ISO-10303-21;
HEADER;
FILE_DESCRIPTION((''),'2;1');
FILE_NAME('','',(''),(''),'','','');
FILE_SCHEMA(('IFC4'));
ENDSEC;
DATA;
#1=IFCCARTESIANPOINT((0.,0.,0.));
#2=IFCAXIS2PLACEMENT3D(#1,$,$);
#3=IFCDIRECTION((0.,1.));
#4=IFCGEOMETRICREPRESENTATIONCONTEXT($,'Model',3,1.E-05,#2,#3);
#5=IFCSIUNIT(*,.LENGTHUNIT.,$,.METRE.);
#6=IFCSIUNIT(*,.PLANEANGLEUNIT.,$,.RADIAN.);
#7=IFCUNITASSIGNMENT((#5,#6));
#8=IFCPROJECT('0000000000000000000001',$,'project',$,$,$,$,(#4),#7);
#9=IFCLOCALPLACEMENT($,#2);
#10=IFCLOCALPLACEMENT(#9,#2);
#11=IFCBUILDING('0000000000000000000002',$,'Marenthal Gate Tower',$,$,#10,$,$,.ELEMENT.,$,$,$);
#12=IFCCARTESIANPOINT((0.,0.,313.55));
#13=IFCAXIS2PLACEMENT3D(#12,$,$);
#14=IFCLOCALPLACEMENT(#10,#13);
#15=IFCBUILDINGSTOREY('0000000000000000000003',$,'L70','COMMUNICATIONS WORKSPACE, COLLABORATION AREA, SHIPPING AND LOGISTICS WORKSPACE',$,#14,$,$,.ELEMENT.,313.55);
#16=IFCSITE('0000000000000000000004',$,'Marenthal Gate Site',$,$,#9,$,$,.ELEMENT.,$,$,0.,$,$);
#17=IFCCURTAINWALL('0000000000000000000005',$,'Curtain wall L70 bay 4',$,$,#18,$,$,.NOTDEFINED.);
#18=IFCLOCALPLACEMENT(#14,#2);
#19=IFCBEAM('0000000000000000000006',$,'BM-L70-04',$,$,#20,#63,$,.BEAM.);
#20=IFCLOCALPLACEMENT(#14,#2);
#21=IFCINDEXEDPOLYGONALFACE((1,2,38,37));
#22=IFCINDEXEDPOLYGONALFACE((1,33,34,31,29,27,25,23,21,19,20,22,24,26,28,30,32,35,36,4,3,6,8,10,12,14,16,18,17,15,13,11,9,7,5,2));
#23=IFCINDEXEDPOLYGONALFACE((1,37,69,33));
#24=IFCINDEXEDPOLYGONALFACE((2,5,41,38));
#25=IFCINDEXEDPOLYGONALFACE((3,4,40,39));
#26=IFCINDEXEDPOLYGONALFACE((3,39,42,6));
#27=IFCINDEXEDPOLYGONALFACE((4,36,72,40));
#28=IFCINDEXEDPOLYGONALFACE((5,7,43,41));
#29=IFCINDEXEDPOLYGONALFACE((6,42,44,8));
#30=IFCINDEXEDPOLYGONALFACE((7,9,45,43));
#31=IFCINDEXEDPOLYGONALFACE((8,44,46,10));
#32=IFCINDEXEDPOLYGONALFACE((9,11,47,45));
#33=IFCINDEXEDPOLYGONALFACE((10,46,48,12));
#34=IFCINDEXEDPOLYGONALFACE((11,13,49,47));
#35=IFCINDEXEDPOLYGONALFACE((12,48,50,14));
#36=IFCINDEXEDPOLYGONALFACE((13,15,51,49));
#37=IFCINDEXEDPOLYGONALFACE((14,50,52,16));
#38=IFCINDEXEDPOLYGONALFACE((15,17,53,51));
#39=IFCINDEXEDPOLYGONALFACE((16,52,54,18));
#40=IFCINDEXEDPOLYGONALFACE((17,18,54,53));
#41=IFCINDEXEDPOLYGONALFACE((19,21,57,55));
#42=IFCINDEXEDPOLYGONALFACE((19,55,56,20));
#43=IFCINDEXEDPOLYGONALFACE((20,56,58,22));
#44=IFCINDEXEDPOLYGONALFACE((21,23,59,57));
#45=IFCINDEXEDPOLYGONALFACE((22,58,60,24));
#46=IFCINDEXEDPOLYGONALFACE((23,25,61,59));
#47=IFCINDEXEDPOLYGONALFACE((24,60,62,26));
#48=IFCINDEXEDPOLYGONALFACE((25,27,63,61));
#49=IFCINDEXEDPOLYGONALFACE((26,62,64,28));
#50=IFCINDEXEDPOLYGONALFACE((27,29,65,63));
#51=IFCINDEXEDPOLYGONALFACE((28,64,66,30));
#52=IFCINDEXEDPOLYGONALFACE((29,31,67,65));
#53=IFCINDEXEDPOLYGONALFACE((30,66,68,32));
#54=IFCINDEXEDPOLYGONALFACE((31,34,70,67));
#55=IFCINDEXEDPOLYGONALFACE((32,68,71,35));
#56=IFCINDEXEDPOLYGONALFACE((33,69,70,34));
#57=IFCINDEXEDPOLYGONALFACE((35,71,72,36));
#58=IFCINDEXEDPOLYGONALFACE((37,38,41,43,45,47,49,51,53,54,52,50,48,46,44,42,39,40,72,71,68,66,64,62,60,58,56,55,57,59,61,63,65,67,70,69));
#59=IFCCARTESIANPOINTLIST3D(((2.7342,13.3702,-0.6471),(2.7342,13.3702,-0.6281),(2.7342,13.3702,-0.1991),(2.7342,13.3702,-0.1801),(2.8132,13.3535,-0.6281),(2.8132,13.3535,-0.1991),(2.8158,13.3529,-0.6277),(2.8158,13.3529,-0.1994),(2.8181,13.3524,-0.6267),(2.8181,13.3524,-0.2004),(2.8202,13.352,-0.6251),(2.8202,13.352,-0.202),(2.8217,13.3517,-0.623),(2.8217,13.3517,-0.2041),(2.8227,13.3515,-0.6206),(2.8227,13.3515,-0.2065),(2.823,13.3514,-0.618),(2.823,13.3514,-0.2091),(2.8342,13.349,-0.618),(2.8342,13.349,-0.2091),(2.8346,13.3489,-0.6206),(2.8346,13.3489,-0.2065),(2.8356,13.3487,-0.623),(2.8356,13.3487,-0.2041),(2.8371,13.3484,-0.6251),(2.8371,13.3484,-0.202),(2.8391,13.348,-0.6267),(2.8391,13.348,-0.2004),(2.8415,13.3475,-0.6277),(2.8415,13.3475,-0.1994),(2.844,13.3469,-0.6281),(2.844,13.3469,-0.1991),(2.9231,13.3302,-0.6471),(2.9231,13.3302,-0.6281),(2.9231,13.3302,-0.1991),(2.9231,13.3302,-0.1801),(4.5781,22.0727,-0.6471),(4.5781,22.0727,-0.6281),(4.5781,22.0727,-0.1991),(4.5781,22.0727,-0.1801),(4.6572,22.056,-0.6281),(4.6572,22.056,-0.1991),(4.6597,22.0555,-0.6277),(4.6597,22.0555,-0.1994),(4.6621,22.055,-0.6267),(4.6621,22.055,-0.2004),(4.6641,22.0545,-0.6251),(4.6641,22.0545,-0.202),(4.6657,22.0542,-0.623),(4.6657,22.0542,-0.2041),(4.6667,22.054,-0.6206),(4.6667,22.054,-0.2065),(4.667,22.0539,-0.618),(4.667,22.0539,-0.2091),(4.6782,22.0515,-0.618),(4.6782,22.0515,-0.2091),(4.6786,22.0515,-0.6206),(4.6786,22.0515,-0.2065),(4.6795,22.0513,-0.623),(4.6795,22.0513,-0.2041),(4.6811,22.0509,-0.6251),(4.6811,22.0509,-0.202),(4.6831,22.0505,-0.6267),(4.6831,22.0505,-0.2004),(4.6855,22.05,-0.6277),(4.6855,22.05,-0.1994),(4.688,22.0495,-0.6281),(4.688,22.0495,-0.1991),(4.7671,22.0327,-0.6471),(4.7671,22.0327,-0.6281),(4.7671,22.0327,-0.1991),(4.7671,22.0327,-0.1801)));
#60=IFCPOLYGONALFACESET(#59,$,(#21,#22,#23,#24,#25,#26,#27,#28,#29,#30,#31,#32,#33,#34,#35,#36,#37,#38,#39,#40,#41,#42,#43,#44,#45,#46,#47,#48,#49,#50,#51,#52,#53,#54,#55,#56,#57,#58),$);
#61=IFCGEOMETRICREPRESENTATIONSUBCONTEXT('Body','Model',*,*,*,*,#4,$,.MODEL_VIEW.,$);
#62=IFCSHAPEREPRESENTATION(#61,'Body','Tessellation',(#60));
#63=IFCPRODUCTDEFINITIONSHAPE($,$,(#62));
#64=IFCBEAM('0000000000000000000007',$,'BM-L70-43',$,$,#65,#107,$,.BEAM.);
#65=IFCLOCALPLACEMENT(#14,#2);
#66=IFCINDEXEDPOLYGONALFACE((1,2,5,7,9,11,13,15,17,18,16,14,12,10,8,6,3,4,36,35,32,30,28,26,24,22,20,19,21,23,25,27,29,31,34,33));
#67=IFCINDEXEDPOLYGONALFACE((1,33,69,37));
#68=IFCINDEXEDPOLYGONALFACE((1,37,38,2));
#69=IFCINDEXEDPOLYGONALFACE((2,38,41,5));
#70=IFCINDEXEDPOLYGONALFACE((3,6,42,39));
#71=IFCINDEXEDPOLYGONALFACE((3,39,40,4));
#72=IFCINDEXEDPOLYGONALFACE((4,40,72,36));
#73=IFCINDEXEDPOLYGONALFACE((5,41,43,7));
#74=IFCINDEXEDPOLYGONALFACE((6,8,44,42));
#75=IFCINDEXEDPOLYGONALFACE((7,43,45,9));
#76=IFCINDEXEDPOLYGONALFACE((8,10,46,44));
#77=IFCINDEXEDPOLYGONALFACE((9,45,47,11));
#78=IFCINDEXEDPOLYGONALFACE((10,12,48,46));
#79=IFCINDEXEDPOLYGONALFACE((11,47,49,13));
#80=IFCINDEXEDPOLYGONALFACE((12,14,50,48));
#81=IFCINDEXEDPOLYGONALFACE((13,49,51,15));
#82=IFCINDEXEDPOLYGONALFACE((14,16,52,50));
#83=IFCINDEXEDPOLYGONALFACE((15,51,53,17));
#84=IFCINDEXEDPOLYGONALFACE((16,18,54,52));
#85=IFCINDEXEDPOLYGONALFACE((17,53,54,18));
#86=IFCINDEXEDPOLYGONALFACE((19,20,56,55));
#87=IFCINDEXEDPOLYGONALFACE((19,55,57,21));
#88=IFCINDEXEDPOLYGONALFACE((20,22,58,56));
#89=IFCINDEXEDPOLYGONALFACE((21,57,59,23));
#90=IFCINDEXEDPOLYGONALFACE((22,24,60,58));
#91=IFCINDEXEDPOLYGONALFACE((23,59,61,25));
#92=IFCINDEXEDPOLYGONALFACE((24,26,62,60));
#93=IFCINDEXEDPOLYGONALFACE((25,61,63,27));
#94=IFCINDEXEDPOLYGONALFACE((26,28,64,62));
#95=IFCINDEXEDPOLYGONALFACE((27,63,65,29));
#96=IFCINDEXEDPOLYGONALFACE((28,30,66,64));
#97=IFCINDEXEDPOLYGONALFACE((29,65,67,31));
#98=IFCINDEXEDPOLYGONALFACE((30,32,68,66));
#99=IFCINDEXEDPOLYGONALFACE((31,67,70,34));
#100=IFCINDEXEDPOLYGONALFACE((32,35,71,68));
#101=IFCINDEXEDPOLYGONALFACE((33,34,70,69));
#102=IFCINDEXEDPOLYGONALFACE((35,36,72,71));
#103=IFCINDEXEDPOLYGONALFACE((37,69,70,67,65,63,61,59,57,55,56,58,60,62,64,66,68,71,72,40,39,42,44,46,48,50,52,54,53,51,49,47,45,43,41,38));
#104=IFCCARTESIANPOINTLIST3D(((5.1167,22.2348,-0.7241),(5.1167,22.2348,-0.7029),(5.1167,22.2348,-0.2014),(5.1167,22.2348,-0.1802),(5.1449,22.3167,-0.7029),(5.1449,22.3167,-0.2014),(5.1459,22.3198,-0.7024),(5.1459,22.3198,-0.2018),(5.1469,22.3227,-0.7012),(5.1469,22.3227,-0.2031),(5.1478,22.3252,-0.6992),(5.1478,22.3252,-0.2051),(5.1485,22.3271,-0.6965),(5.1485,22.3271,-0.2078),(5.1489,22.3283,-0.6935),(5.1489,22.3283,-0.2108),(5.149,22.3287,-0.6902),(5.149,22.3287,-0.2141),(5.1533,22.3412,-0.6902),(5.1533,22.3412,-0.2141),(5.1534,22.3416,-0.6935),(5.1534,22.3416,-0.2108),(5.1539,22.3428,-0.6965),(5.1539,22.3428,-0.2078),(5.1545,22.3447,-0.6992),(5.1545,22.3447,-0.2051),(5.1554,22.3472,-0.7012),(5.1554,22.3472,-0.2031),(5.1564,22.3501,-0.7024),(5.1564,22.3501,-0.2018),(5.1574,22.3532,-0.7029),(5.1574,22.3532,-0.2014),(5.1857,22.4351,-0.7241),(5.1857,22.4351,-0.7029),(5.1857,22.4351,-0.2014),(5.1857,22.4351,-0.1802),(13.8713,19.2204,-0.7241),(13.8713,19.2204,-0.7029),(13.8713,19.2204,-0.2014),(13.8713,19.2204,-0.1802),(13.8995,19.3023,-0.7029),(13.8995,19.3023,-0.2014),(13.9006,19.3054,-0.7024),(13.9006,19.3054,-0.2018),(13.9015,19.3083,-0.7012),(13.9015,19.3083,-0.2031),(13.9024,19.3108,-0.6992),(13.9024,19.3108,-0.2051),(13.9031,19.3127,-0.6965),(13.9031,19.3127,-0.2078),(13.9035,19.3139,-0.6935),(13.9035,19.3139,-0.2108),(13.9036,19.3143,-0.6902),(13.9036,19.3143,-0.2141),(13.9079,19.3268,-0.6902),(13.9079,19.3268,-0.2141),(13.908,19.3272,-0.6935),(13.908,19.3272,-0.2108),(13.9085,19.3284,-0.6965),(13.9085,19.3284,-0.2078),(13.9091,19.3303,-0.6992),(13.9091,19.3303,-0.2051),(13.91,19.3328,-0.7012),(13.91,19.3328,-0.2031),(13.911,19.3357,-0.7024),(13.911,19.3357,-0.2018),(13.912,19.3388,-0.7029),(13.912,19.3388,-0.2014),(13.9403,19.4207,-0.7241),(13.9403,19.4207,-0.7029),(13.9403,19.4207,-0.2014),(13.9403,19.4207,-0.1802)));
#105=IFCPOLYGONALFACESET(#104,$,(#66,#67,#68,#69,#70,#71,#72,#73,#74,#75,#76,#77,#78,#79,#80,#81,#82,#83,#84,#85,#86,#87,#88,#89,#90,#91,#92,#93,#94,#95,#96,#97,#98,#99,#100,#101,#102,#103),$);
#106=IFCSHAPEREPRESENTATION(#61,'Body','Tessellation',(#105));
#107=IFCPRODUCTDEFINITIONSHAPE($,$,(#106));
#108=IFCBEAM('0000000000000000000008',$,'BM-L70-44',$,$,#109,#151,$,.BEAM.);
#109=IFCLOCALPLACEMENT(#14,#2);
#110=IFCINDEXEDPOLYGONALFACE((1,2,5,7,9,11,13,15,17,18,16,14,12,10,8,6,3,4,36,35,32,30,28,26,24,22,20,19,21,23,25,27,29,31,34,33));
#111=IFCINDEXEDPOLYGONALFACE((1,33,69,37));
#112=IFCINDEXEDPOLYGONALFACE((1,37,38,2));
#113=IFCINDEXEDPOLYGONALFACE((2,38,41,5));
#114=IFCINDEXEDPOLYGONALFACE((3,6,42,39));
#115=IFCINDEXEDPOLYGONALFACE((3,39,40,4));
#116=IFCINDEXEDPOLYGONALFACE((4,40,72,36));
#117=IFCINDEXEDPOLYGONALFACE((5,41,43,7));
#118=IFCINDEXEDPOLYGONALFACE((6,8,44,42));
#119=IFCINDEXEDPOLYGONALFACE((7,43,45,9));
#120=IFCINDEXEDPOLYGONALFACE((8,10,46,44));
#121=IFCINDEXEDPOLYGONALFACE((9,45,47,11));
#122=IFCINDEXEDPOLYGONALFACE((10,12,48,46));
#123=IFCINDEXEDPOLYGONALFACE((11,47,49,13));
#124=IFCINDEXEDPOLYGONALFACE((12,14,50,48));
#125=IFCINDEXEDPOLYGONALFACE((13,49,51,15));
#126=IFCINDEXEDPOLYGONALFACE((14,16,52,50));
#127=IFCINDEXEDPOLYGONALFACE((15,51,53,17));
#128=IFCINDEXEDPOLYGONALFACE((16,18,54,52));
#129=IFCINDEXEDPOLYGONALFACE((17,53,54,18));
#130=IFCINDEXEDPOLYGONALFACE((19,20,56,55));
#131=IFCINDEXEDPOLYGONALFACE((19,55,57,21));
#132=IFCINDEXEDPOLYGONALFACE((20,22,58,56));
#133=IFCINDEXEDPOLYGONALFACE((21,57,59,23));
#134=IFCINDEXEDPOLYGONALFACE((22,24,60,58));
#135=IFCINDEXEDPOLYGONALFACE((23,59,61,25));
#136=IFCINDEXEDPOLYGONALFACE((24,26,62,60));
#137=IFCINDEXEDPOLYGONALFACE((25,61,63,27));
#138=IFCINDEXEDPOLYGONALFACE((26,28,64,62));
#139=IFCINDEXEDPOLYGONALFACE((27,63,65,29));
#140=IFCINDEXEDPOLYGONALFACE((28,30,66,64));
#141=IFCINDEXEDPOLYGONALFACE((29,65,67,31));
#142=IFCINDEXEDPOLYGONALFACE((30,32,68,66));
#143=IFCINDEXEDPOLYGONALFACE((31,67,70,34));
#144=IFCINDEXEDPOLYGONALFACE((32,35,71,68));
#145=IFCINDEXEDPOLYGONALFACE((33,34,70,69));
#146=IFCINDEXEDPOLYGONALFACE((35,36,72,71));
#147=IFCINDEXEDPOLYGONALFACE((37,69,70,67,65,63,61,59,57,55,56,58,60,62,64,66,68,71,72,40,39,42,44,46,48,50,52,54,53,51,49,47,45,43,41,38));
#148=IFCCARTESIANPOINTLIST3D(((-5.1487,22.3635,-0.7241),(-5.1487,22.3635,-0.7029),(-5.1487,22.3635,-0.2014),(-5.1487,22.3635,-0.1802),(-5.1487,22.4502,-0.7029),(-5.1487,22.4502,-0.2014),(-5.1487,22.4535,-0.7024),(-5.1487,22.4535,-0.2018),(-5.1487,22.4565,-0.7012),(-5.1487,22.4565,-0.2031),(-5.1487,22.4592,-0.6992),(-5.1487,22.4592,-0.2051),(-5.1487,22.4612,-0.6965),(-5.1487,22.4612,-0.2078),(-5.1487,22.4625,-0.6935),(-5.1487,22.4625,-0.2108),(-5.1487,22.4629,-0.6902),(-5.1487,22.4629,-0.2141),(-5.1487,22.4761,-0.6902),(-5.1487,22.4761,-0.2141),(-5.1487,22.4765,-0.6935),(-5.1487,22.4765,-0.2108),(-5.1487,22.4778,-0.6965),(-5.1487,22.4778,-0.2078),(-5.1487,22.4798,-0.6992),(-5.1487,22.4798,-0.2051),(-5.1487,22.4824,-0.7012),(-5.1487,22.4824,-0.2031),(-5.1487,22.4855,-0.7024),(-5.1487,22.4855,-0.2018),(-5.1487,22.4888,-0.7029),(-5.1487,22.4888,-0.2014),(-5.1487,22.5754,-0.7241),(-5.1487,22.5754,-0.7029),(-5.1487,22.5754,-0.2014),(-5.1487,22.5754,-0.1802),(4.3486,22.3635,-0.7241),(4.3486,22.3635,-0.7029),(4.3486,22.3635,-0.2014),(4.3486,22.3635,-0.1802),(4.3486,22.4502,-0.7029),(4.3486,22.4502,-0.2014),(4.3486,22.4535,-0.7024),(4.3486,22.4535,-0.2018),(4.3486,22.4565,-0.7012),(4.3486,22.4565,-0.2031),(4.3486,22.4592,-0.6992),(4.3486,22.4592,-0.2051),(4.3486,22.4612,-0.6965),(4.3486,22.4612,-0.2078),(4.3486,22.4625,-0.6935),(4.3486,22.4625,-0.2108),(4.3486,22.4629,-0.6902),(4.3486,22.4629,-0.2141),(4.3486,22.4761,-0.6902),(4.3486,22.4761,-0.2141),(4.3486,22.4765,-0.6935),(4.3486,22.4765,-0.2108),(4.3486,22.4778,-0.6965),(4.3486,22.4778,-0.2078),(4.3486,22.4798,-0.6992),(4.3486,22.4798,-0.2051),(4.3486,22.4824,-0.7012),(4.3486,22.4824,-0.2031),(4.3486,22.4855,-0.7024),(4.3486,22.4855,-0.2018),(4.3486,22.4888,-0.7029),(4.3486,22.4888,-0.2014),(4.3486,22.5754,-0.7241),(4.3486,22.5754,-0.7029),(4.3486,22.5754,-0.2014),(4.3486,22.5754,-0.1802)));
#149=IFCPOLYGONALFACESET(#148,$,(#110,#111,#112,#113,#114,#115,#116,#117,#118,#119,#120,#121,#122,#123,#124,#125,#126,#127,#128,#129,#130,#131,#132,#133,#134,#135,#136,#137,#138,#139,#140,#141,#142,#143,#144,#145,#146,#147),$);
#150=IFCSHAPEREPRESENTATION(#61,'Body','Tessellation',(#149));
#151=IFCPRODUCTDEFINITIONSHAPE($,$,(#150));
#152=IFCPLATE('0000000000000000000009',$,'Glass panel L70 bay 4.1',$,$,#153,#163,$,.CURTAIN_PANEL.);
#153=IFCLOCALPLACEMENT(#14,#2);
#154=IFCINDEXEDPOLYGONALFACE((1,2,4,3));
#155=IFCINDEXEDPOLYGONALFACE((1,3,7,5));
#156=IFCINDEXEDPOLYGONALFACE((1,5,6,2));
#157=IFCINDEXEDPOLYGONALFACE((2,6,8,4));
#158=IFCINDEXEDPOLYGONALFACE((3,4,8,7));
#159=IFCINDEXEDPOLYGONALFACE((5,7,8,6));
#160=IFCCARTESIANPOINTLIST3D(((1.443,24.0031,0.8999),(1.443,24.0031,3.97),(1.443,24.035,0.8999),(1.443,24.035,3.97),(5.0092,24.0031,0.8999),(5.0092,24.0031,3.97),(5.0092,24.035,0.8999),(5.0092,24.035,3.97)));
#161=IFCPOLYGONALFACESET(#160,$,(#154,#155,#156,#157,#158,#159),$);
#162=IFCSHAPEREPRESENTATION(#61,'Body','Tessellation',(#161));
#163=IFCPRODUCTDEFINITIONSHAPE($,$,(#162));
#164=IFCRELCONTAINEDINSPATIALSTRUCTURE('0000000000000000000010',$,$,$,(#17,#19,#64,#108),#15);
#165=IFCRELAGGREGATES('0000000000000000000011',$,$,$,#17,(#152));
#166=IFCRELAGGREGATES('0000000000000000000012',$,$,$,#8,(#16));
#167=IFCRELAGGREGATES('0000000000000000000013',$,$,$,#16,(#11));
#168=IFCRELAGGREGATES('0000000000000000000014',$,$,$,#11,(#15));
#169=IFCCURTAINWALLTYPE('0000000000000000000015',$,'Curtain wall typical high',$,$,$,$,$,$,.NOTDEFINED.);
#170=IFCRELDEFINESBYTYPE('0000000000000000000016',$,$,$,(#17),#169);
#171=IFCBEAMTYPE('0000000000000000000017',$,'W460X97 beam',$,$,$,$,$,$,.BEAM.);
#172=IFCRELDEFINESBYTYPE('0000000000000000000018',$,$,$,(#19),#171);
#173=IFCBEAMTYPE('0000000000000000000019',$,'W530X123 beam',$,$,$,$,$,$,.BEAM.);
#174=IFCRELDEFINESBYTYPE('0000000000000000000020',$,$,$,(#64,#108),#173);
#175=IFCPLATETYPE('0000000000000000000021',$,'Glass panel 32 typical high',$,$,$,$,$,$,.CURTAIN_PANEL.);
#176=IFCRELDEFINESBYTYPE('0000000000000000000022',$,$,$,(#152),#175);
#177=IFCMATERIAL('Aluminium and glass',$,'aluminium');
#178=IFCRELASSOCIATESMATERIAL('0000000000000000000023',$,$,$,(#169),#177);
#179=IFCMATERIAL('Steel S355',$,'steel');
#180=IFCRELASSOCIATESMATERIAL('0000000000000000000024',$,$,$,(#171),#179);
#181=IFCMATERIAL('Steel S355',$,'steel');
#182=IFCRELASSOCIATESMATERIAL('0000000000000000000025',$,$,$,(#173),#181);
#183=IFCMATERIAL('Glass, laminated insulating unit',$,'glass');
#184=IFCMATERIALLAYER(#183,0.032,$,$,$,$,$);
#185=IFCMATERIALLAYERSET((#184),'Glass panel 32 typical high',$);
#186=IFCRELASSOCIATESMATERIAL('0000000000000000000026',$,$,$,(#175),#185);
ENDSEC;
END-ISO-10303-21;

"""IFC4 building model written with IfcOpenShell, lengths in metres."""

from ifc_helpers import new_model, si_unit, direction, frame, origin, origin_2d, place, context, subcontext, project, spatial, rectangle, i_section, extrude, material, layer, layer_set, material_profile, profile_set, type_object, element, aggregate, save


model = new_model("IFC4")

# Units and contexts
model_context = context("Model", 3, precision=1e-05, world=origin(), true_north=direction((0.0, 1.0)))
body_context = subcontext(model_context, "Body", "Model", "MODEL_VIEW")
ifc_project = project(units=[si_unit("LENGTHUNIT", "METRE"), si_unit("PLANEANGLEUNIT", "RADIAN")], contexts=[model_context])

# Site, building, storey
site_placement = place(None, origin())
site = spatial("IfcSite", under=ifc_project, at=site_placement, Name="Marenthal Gate Site", CompositionType="ELEMENT", RefElevation=0.0)
building_placement = place(site_placement, origin())
building = spatial("IfcBuilding", under=site, at=building_placement, Name="Marenthal Gate Tower", CompositionType="ELEMENT")
storey_placement = place(building_placement, frame((0.0, 0.0, 313.55)))
storey = spatial("IfcBuildingStorey", under=building, at=storey_placement, Name="L70", Description="COMMUNICATIONS WORKSPACE, COLLABORATION AREA, SHIPPING AND LOGISTICS WORKSPACE", CompositionType="ELEMENT", Elevation=313.55)

# Curtain wall
ifc_material_1 = material(Name="Aluminium and glass", Category="aluminium")
curtain_wall_type = type_object("IfcCurtainWallType", Name="Curtain wall typical high", PredefinedType="NOTDEFINED", material=ifc_material_1)
curtain_wall_placement = place(storey_placement, origin())
curtain_wall = element("IfcCurtainWall", 1, at=curtain_wall_placement, inside=storey, type_object=curtain_wall_type, Name="Curtain wall L70 bay 4", PredefinedType="NOTDEFINED")

# Beams
ifc_material_2 = material(Name="Steel S355", Category="steel")
ifc_material_profile_1 = material_profile(ifc_material_2, i_section(OverallWidth=0.1931, OverallDepth=0.467, WebThickness=0.0115, FlangeThickness=0.019, FilletRadius=0.01, at=origin_2d()), Name="W460X97")
ifc_profile_set_1 = profile_set([ifc_material_profile_1], Name="Steel S355")
beam_type_1 = type_object("IfcBeamType", Name="W460X97 beam", PredefinedType="BEAM", material=ifc_profile_set_1)
beam_1_placement = place(storey_placement, frame((4.6726, 22.0527, -0.4136), z_axis=(-0.207287, -0.97828, 0.0), x_axis=(0.97828, -0.207287, 0.0)))
element("IfcBeam", 2, at=beam_1_placement, inside=storey, type_object=beam_type_1, Name="BM-L70-04", PredefinedType="BEAM", context=body_context, shape_type="SweptSolid", body=[
    extrude(i_section(OverallWidth=0.1931, OverallDepth=0.467, WebThickness=0.0115, FlangeThickness=0.019, FilletRadius=0.01, at=origin_2d()), origin(), (0.0, 0.0, 1.0), 8.8958),
])
ifc_material_3 = material(Name="Steel S355", Category="steel")
ifc_material_profile_2 = material_profile(ifc_material_3, i_section(OverallWidth=0.2119, OverallDepth=0.5439, WebThickness=0.0132, FlangeThickness=0.0212, FilletRadius=0.0127, at=origin_2d()), Name="W530X123")
ifc_profile_set_2 = profile_set([ifc_material_profile_2], Name="Steel S355")
beam_type_2 = type_object("IfcBeamType", Name="W530X123 beam", PredefinedType="BEAM", material=ifc_profile_set_2)
beam_2_placement = place(storey_placement, frame((13.9058, 19.3206, -0.4521), z_axis=(-0.945521, 0.325562, 0.0), x_axis=(-0.325562, -0.945521, 0.0)))
element("IfcBeam", 3, at=beam_2_placement, inside=storey, type_object=beam_type_2, Name="BM-L70-43", PredefinedType="BEAM", context=body_context, shape_type="SweptSolid", body=[
    extrude(i_section(OverallWidth=0.2119, OverallDepth=0.5439, WebThickness=0.0132, FlangeThickness=0.0212, FilletRadius=0.0127, at=origin_2d()), origin(), (0.0, 0.0, 1.0), 9.259),
])
beam_3_placement = place(storey_placement, frame((4.3486, 22.4695, -0.4521), z_axis=(-1.0, 0.0, 0.0), x_axis=(0.0, -1.0, 0.0)))
element("IfcBeam", 4, at=beam_3_placement, inside=storey, type_object=beam_type_2, Name="BM-L70-44", PredefinedType="BEAM", context=body_context, shape_type="SweptSolid", body=[
    extrude(i_section(OverallWidth=0.2119, OverallDepth=0.5439, WebThickness=0.0132, FlangeThickness=0.0212, FilletRadius=0.0127, at=origin_2d()), origin(), (0.0, 0.0, 1.0), 9.4973),
])

# Plate
ifc_material_4 = material(Name="Glass, laminated insulating unit", Category="glass")
ifc_layer_1 = layer(ifc_material_4, 0.032)
ifc_layer_set_1 = layer_set([ifc_layer_1], Name="Glass panel 32 typical high")
plate_type = type_object("IfcPlateType", Name="Glass panel 32 typical high", PredefinedType="CURTAIN_PANEL", material=ifc_layer_set_1)
plate_placement = place(storey_placement, frame((3.2261, 24.019, 0.8999), z_axis=(0.0, 0.0, 1.0), x_axis=(-1.0, 0.0, 0.0)))
plate = element("IfcPlate", 5, at=plate_placement, type_object=plate_type, Name="Glass panel L70 bay 4.1", PredefinedType="CURTAIN_PANEL", context=body_context, shape_type="SweptSolid", body=[
    extrude(rectangle(XDim=3.5662, YDim=0.032, at=origin_2d()), origin(), (0.0, 0.0, 1.0), 3.0701),
])
aggregate(curtain_wall, [plate])

save(model, "model.ifc")
